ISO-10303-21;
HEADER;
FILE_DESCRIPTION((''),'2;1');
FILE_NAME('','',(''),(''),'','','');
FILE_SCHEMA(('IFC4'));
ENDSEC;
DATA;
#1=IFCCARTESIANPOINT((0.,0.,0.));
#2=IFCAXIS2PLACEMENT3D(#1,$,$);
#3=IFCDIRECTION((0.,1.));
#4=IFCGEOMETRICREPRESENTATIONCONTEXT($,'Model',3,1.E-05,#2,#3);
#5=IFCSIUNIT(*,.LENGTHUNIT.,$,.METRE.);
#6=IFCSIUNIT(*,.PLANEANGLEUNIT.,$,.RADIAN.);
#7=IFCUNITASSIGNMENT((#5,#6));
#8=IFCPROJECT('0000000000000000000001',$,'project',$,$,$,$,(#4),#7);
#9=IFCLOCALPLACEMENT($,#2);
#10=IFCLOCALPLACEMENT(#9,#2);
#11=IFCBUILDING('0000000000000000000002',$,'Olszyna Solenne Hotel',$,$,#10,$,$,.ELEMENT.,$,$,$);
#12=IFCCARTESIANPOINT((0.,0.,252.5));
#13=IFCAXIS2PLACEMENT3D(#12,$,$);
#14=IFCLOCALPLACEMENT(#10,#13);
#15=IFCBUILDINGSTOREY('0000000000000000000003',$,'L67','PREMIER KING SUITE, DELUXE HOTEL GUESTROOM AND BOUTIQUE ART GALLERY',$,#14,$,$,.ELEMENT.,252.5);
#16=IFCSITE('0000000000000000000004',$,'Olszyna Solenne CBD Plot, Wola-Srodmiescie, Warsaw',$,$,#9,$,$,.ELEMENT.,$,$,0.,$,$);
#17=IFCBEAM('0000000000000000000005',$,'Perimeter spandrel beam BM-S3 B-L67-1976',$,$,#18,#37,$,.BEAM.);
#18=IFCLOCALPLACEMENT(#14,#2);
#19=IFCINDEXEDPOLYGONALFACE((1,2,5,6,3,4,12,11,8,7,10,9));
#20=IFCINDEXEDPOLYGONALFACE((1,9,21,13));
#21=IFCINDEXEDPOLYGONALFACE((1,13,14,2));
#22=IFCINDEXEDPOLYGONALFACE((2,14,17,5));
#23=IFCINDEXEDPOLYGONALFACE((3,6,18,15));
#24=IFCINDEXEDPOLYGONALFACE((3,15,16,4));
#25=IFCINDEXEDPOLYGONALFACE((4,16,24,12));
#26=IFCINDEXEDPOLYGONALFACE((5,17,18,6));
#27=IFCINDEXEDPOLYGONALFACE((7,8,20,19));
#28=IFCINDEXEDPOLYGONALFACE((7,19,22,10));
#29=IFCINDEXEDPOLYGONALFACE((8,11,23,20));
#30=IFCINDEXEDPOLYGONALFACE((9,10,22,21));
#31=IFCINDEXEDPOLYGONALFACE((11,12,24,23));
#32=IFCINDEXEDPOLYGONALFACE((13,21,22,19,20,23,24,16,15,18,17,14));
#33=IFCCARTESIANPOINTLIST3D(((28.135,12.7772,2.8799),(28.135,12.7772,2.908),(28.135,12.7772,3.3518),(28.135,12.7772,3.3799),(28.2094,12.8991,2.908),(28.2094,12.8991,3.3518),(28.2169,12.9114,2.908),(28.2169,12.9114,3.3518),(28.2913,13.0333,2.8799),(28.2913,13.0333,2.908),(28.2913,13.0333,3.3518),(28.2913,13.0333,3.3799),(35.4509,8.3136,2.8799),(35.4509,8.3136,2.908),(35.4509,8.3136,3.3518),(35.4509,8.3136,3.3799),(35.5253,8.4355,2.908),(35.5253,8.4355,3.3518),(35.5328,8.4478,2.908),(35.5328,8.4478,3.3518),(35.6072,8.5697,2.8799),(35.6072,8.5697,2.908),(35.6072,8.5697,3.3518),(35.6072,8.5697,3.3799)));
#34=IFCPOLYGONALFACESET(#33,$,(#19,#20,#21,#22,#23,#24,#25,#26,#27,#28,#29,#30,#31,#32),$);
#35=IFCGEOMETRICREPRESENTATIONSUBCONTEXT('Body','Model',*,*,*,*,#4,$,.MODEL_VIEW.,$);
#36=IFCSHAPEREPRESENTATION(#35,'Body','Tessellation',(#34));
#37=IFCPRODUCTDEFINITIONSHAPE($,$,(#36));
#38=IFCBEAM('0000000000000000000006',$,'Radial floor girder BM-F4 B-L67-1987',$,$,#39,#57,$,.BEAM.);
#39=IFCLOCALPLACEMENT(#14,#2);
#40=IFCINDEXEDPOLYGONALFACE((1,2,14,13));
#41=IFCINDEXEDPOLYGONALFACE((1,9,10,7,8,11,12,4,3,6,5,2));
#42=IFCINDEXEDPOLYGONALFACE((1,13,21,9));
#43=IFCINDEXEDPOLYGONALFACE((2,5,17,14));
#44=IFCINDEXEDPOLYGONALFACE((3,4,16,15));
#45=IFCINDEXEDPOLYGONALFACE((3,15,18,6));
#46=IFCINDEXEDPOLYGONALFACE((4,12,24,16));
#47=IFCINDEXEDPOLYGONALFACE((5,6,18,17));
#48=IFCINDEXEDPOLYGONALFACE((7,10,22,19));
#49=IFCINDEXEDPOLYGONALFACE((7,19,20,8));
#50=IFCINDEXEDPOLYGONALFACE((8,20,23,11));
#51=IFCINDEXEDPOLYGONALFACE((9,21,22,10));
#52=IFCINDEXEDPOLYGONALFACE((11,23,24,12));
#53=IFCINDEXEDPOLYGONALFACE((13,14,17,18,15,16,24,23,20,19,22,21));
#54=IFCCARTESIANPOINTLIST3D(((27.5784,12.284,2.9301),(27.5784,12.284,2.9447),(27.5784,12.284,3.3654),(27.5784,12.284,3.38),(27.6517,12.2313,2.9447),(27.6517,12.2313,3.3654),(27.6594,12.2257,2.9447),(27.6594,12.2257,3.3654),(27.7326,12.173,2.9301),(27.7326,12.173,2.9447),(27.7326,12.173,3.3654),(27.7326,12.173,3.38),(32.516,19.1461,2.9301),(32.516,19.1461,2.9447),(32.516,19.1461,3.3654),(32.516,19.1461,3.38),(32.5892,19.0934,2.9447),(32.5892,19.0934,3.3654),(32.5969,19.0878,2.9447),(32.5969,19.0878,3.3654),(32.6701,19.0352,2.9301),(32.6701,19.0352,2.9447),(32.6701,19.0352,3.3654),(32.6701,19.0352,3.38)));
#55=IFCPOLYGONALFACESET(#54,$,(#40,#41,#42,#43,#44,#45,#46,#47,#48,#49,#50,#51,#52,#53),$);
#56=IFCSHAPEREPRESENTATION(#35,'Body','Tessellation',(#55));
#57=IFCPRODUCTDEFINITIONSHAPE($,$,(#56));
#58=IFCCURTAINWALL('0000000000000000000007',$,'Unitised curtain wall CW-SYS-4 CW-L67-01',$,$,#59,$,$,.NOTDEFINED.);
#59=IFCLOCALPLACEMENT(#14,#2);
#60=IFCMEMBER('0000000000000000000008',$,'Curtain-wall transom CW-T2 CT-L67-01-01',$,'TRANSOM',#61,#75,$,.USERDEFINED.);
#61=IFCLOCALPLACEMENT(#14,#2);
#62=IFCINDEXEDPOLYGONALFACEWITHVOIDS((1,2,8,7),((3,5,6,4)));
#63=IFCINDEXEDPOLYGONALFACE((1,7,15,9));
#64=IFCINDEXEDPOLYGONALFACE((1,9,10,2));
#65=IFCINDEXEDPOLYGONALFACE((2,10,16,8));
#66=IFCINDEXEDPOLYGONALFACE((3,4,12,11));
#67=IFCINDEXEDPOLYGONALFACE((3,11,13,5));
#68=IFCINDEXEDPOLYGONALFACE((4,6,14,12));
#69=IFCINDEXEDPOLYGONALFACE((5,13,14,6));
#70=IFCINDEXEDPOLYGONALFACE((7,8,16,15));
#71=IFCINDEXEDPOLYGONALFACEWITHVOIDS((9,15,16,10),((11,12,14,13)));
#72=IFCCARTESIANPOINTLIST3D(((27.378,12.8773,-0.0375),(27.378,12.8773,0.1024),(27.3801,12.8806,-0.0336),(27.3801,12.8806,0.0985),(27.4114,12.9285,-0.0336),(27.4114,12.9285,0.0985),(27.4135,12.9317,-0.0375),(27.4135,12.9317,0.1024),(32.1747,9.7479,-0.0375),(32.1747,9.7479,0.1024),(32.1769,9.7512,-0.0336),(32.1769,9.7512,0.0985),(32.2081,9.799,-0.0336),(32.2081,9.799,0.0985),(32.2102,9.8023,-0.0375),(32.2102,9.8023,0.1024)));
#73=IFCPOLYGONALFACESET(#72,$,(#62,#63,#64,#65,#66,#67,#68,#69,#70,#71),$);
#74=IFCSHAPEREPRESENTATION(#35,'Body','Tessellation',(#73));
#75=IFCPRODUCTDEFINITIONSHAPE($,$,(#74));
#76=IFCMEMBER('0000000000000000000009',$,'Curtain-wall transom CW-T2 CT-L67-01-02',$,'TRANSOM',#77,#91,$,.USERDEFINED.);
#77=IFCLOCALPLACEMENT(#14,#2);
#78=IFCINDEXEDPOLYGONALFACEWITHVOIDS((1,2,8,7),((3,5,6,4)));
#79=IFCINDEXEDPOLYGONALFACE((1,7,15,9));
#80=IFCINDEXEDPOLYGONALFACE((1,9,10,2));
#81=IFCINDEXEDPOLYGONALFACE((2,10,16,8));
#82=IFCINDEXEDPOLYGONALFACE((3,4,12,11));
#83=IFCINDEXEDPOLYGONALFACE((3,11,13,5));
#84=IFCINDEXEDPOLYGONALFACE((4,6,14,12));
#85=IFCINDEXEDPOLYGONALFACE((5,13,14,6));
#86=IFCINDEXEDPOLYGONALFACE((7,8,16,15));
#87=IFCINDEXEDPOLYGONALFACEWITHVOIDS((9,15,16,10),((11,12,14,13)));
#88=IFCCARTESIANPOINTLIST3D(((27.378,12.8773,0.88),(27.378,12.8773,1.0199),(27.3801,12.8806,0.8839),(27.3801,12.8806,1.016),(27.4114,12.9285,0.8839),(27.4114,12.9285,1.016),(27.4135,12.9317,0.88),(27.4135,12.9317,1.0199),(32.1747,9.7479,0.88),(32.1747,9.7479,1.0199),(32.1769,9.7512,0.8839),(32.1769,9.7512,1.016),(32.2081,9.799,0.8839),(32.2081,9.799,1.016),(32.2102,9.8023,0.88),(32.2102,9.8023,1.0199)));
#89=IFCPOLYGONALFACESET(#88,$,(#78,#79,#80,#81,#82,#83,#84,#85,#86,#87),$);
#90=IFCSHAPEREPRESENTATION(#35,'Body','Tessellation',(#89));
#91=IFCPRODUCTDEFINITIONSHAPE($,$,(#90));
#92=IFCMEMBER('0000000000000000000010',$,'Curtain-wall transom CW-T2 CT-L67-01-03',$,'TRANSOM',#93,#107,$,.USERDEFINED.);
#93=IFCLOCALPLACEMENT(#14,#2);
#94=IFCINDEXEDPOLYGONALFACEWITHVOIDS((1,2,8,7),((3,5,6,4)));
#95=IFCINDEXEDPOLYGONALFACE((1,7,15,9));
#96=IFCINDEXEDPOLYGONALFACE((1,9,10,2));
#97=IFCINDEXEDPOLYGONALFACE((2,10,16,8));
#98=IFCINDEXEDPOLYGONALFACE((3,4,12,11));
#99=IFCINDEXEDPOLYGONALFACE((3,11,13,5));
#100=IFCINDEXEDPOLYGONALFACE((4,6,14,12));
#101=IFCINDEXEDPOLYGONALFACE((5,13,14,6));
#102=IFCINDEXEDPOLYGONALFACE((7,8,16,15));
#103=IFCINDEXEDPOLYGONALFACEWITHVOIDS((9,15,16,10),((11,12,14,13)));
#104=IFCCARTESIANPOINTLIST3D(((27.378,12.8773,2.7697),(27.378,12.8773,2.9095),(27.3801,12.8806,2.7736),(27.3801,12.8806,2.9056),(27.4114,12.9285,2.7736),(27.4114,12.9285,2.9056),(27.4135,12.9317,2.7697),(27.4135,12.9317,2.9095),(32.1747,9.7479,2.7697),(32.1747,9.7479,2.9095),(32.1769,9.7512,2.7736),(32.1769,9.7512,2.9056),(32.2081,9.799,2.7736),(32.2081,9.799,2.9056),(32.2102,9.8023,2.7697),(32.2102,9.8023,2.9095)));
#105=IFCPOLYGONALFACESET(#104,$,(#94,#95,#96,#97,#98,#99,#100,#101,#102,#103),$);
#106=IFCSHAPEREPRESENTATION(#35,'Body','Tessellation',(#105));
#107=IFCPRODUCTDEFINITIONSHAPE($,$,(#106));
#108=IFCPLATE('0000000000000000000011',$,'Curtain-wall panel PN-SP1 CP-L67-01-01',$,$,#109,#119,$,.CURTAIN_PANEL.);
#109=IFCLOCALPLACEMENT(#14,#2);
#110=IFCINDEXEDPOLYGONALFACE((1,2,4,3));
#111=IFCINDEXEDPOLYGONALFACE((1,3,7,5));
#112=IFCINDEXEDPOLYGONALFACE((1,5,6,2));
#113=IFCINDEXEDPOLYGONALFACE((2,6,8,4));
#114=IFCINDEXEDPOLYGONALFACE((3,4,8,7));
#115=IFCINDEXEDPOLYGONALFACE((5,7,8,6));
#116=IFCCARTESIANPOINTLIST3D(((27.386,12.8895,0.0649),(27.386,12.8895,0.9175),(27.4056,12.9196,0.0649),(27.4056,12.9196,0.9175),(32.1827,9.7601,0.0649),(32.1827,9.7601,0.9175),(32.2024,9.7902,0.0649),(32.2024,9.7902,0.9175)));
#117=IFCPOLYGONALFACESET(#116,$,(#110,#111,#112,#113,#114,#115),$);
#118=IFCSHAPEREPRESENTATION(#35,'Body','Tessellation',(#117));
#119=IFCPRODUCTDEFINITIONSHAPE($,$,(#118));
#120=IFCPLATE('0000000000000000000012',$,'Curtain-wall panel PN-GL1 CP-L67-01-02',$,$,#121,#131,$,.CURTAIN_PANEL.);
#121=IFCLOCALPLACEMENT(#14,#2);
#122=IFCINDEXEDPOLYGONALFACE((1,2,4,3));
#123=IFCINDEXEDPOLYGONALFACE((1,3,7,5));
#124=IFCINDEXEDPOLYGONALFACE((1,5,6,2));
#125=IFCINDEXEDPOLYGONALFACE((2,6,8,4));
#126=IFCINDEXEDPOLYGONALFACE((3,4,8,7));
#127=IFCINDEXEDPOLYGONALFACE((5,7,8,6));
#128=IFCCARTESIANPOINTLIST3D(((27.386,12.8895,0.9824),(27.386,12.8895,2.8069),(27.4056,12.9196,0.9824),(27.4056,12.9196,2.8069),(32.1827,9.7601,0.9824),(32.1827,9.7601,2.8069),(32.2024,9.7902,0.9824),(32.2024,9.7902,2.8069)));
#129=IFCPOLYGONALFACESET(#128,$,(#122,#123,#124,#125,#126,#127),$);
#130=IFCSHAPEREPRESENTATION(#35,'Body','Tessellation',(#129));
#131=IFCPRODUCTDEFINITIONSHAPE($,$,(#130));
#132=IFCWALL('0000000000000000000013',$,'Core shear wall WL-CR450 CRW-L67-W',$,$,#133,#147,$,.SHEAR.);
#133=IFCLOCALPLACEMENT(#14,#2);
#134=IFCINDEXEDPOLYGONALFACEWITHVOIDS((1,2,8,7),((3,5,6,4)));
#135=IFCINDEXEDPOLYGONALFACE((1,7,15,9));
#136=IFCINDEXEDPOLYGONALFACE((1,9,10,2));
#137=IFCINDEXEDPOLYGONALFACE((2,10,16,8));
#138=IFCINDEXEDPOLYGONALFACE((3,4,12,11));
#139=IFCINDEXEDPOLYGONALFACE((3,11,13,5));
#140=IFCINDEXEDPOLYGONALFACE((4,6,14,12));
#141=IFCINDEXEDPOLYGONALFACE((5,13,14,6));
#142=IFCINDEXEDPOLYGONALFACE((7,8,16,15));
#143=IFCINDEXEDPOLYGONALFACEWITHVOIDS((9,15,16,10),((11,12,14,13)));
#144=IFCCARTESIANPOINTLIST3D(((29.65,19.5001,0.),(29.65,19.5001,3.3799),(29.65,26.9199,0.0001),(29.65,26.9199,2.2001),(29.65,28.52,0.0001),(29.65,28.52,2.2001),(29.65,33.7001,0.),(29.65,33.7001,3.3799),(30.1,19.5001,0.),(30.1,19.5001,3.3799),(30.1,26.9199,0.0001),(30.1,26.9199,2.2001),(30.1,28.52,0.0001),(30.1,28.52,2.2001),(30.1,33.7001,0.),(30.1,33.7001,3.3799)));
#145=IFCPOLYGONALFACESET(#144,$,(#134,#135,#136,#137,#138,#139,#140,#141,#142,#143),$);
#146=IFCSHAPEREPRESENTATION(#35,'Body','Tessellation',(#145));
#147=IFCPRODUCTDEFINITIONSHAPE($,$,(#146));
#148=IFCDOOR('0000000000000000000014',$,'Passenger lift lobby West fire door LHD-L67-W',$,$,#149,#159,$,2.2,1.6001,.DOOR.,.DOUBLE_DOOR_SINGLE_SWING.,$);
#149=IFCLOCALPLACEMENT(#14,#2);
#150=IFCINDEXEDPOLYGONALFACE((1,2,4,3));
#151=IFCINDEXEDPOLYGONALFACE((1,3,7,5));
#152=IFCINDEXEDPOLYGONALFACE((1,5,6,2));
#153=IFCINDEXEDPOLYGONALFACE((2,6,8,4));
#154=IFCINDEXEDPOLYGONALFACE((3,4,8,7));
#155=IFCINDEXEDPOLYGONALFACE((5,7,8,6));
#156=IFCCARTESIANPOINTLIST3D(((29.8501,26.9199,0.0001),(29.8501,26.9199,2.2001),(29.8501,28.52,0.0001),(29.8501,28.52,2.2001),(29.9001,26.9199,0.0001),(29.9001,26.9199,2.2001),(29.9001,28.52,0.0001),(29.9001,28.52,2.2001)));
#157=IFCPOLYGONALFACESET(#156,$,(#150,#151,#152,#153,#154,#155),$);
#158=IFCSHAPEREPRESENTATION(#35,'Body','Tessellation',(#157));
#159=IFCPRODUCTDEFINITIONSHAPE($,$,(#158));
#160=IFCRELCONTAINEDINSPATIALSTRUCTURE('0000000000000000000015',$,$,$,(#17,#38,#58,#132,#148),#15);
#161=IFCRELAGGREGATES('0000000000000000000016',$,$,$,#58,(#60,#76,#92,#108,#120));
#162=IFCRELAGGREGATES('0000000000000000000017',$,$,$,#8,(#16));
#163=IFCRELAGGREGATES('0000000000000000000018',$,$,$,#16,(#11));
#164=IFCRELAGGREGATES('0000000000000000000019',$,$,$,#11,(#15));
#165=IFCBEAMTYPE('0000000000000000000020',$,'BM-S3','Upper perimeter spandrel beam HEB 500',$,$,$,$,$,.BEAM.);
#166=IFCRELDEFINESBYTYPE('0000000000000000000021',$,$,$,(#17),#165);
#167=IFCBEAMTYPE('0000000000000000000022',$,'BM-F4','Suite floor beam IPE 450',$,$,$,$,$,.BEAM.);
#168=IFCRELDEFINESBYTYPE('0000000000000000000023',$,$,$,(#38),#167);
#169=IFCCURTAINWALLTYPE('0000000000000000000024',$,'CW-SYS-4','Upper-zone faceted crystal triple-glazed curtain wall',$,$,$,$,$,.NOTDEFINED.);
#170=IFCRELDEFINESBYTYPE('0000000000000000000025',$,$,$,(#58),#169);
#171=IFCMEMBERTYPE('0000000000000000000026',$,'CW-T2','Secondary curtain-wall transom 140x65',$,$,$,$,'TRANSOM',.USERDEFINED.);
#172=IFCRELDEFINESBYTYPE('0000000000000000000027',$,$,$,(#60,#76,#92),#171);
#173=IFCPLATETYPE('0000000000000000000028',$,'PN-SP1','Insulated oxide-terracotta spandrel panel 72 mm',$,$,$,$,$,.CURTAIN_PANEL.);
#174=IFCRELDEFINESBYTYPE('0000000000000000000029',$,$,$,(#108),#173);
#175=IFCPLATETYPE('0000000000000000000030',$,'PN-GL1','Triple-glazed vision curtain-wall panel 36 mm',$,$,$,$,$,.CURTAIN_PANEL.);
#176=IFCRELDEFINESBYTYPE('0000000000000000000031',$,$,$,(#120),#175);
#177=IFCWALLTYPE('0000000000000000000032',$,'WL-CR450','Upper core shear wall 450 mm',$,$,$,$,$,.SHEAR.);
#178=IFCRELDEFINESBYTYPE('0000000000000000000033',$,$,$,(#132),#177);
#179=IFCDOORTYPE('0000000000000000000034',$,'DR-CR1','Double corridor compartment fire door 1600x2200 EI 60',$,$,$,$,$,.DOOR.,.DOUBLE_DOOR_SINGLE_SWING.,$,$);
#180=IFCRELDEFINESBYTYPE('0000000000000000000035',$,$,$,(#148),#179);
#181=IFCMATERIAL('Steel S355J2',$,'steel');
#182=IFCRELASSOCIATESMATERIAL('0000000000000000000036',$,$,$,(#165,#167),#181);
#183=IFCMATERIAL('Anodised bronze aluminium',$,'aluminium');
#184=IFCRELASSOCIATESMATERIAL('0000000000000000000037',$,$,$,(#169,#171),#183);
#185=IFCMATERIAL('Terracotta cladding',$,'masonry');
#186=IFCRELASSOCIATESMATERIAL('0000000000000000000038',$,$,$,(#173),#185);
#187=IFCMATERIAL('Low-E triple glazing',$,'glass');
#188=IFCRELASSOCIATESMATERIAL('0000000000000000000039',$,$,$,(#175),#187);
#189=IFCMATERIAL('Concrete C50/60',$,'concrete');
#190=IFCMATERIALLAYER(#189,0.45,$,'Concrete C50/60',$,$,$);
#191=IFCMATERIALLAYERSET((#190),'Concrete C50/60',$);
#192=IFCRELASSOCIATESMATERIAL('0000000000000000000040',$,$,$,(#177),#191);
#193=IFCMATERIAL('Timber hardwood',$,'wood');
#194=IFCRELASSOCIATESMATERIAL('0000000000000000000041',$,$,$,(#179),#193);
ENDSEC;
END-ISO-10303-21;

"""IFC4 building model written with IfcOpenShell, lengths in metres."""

from ifc_helpers import new_model, si_unit, direction, frame, frame_2d, origin, origin_2d, place, context, subcontext, project, spatial, rectangle, hollow_rectangle, i_section, extrude, source, transform, mapped, material, layer, layer_set, material_profile, profile_set, type_object, type_shapes, element, fill, aggregate, save


model = new_model("IFC4")

# Units and contexts
model_context = context("Model", 3, precision=1e-05, world=origin(), true_north=direction((0.0, 1.0)))
body_context = subcontext(model_context, "Body", "Model", "MODEL_VIEW")
ifc_project = project(units=[si_unit("LENGTHUNIT", "METRE"), si_unit("PLANEANGLEUNIT", "RADIAN")], contexts=[model_context])

# Site, building, storey
site_placement = place(None, origin())
site = spatial("IfcSite", under=ifc_project, at=site_placement, Name="Olszyna Solenne CBD Plot, Wola-Srodmiescie, Warsaw", CompositionType="ELEMENT", RefElevation=0.0)
building_placement = place(site_placement, origin())
building = spatial("IfcBuilding", under=site, at=building_placement, Name="Olszyna Solenne Hotel", CompositionType="ELEMENT")
storey_placement = place(building_placement, frame((0.0, 0.0, 252.5)))
storey = spatial("IfcBuildingStorey", under=building, at=storey_placement, Name="L67", Description="PREMIER KING SUITE, DELUXE HOTEL GUESTROOM AND BOUTIQUE ART GALLERY", CompositionType="ELEMENT", Elevation=252.5)

# Beams
ifc_material_1 = material(Name="Steel S355J2", Category="steel")
ifc_material_profile_1 = material_profile(ifc_material_1, i_section(OverallWidth=0.3, OverallDepth=0.5, WebThickness=0.0144, FlangeThickness=0.0281, at=origin_2d()), Name="HEB 500", Category="load-bearing")
ifc_profile_set_1 = profile_set([ifc_material_profile_1], Name="Steel S355J2")
beam_type_1 = type_object("IfcBeamType", Name="BM-S3", Description="Upper perimeter spandrel beam HEB 500", PredefinedType="BEAM", material=ifc_profile_set_1)
shared_shape_1 = source(origin(), body_context, "Body", "SweptSolid", [
    extrude(i_section(OverallWidth=0.3, OverallDepth=0.5, WebThickness=0.0144, FlangeThickness=0.0281, at=origin_2d()), origin(), (0.0, 0.0, 1.0), 8.5701),
])
beam_1_placement = place(storey_placement, frame((28.2131, 12.9053, 3.1299), z_axis=(0.853656, -0.520837, 0.0), x_axis=(0.520837, 0.853656, 0.0)))
element("IfcBeam", 1, at=beam_1_placement, inside=storey, type_object=beam_type_1, Name="Perimeter spandrel beam BM-S3 B-L67-1976", PredefinedType="BEAM", context=body_context, shape_type="MappedRepresentation", body=[
    mapped(shared_shape_1, transform((0.0, 0.0, 0.0), x_axis=(1.0, 0.0, 0.0), y_axis=(0.0, 1.0, 0.0), z_axis=(0.0, 0.0, 1.0), scale=1.0)),
])
ifc_material_profile_2 = material_profile(ifc_material_1, i_section(OverallWidth=0.1899, OverallDepth=0.45, WebThickness=0.0095, FlangeThickness=0.0146, at=origin_2d()), Name="IPE 450", Category="load-bearing")
ifc_profile_set_2 = profile_set([ifc_material_profile_2], Name="Steel S355J2")
beam_type_2 = type_object("IfcBeamType", Name="BM-F4", Description="Suite floor beam IPE 450", PredefinedType="BEAM", material=ifc_profile_set_2)
shared_shape_2 = source(origin(), body_context, "Body", "SweptSolid", [
    extrude(i_section(OverallWidth=0.1899, OverallDepth=0.45, WebThickness=0.0095, FlangeThickness=0.0146, at=origin_2d()), origin(), (0.0, 0.0, 1.0), 8.4539),
])
beam_2_placement = place(storey_placement, frame((27.6555, 12.2285, 3.155), z_axis=(0.584057, 0.811713, 0.0), x_axis=(-0.811713, 0.584057, 0.0)))
element("IfcBeam", 2, at=beam_2_placement, inside=storey, type_object=beam_type_2, Name="Radial floor girder BM-F4 B-L67-1987", PredefinedType="BEAM", context=body_context, shape_type="MappedRepresentation", body=[
    mapped(shared_shape_2, transform((0.0, 0.0, 0.0), x_axis=(1.0, 0.0, 0.0), y_axis=(0.0, 1.0, 0.0), z_axis=(0.0, 0.0, 1.0), scale=1.0)),
])

# Curtain wall, members, plates
ifc_material_2 = material(Name="Anodised bronze aluminium", Category="aluminium")
curtain_wall_type = type_object("IfcCurtainWallType", Name="CW-SYS-4", Description="Upper-zone faceted crystal triple-glazed curtain wall", PredefinedType="NOTDEFINED", material=ifc_material_2)
curtain_wall_placement = place(storey_placement, origin())
curtain_wall = element("IfcCurtainWall", 3, at=curtain_wall_placement, inside=storey, type_object=curtain_wall_type, Name="Unitised curtain wall CW-SYS-4 CW-L67-01", PredefinedType="NOTDEFINED")
ifc_material_profile_3 = material_profile(ifc_material_2, hollow_rectangle(XDim=0.0649, YDim=0.1399, WallThickness=0.0039, at=origin_2d()), Name="TRAN 140x65x4", Category="load-bearing")
ifc_profile_set_3 = profile_set([ifc_material_profile_3], Name="Anodised bronze aluminium")
member_type = type_object("IfcMemberType", Name="CW-T2", Description="Secondary curtain-wall transom 140x65", ElementType="TRANSOM", PredefinedType="USERDEFINED", material=ifc_profile_set_3)
shared_shape_3 = source(origin(), body_context, "Body", "SweptSolid", [
    extrude(hollow_rectangle(XDim=0.0649, YDim=0.1399, WallThickness=0.0039, at=origin_2d()), origin(), (0.0, 0.0, 1.0), 5.7273),
])
member_1_placement = place(storey_placement, frame((27.3958, 12.9045, 0.0325), z_axis=(0.837518, -0.54641, 0.0), x_axis=(0.54641, 0.837518, 0.0)))
member_1 = element("IfcMember", 4, at=member_1_placement, type_object=member_type, Name="Curtain-wall transom CW-T2 CT-L67-01-01", ObjectType="TRANSOM", PredefinedType="USERDEFINED", context=body_context, shape_type="MappedRepresentation", body=[
    mapped(shared_shape_3, transform((0.0, 0.0, 0.0), x_axis=(1.0, 0.0, 0.0), y_axis=(0.0, 1.0, 0.0), z_axis=(0.0, 0.0, 1.0), scale=1.0)),
])
member_2_placement = place(storey_placement, frame((27.3958, 12.9045, 0.95), z_axis=(0.837518, -0.54641, 0.0), x_axis=(0.54641, 0.837518, 0.0)))
member_2 = element("IfcMember", 5, at=member_2_placement, type_object=member_type, Name="Curtain-wall transom CW-T2 CT-L67-01-02", ObjectType="TRANSOM", PredefinedType="USERDEFINED", context=body_context, shape_type="MappedRepresentation", body=[
    mapped(shared_shape_3, transform((0.0, 0.0, 0.0), x_axis=(1.0, 0.0, 0.0), y_axis=(0.0, 1.0, 0.0), z_axis=(0.0, 0.0, 1.0), scale=1.0)),
])
member_3_placement = place(storey_placement, frame((27.3958, 12.9045, 2.8396), z_axis=(0.837518, -0.54641, 0.0), x_axis=(0.54641, 0.837518, 0.0)))
member_3 = element("IfcMember", 6, at=member_3_placement, type_object=member_type, Name="Curtain-wall transom CW-T2 CT-L67-01-03", ObjectType="TRANSOM", PredefinedType="USERDEFINED", context=body_context, shape_type="MappedRepresentation", body=[
    mapped(shared_shape_3, transform((0.0, 0.0, 0.0), x_axis=(1.0, 0.0, 0.0), y_axis=(0.0, 1.0, 0.0), z_axis=(0.0, 0.0, 1.0), scale=1.0)),
])
ifc_material_3 = material(Name="Terracotta cladding", Category="masonry")
plate_type_1 = type_object("IfcPlateType", Name="PN-SP1", Description="Insulated oxide-terracotta spandrel panel 72 mm", PredefinedType="CURTAIN_PANEL", material=ifc_material_3)
shared_shape_4 = source(origin(), body_context, "Body", "SweptSolid", [
    extrude(rectangle(XDim=5.7273, YDim=0.0359, at=origin_2d()), origin(), (0.0, 0.0, 1.0), 0.8525),
])
plate_1_placement = place(storey_placement, frame((29.7942, 11.3398, 0.0649), z_axis=(0.0, 0.0, 1.0), x_axis=(0.837519, -0.546408, 0.0)))
plate_1 = element("IfcPlate", 7, at=plate_1_placement, type_object=plate_type_1, Name="Curtain-wall panel PN-SP1 CP-L67-01-01", PredefinedType="CURTAIN_PANEL", context=body_context, shape_type="MappedRepresentation", body=[
    mapped(shared_shape_4, transform((0.0, 0.0, 0.0), x_axis=(1.0, 0.0, 0.0), y_axis=(0.0, 1.0, 0.0), z_axis=(0.0, 0.0, 1.0), scale=1.0)),
])
ifc_material_4 = material(Name="Low-E triple glazing", Category="glass")
plate_type_2 = type_object("IfcPlateType", Name="PN-GL1", Description="Triple-glazed vision curtain-wall panel 36 mm", PredefinedType="CURTAIN_PANEL", material=ifc_material_4)
shared_shape_5 = source(origin(), body_context, "Body", "SweptSolid", [
    extrude(rectangle(XDim=5.7273, YDim=0.0359, at=origin_2d()), origin(), (0.0, 0.0, 1.0), 1.8245),
])
plate_2_placement = place(storey_placement, frame((29.7942, 11.3398, 0.9824), z_axis=(0.0, 0.0, 1.0), x_axis=(0.837519, -0.546408, 0.0)))
plate_2 = element("IfcPlate", 8, at=plate_2_placement, type_object=plate_type_2, Name="Curtain-wall panel PN-GL1 CP-L67-01-02", PredefinedType="CURTAIN_PANEL", context=body_context, shape_type="MappedRepresentation", body=[
    mapped(shared_shape_5, transform((0.0, 0.0, 0.0), x_axis=(1.0, 0.0, 0.0), y_axis=(0.0, 1.0, 0.0), z_axis=(0.0, 0.0, 1.0), scale=1.0)),
])
aggregate(curtain_wall, [member_1, member_2, member_3, plate_1, plate_2])

# Wall, opening, door
ifc_material_5 = material(Name="Concrete C50/60", Category="concrete")
ifc_layer_1 = layer(ifc_material_5, 0.45, Name="Concrete C50/60")
ifc_layer_set_1 = layer_set([ifc_layer_1], Name="Concrete C50/60")
wall_type_1 = type_object("IfcWallType", Name="WL-CR450", Description="Upper core shear wall 450 mm", PredefinedType="SHEAR", material=ifc_layer_set_1)
wall_1_placement = place(storey_placement, frame((29.875, 19.5, 0.0), z_axis=(0.0, 0.0, 1.0), x_axis=(0.0, 1.0, 0.0)))
wall_1 = element("IfcWall", 9, at=wall_1_placement, inside=storey, type_object=wall_type_1, Name="Core shear wall WL-CR450 CRW-L67-W", PredefinedType="SHEAR", context=body_context, shape_type="SweptSolid", body=[
    extrude(rectangle(XDim=14.2, YDim=0.45, at=frame_2d((7.1001, 0.0))), origin(), (0.0, 0.0, 1.0), 3.3799),
])
opening_1_placement = place(wall_1_placement, frame((7.4199, 0.0, 0.0)))
opening_1 = element("IfcOpeningElement", 10, at=opening_1_placement, cuts=wall_1, PredefinedType="OPENING", context=body_context, shape_type="SweptSolid", body=[
    extrude(rectangle(XDim=1.6001, YDim=2.2, at=frame_2d((0.8, 1.1001))), frame((0.0, 0.2349, 0.0), z_axis=(0.0, -1.0, 0.0), x_axis=(1.0, 0.0, 0.0)), (0.0, 0.0, 1.0), 0.47),
])
ifc_material_6 = material(Name="Timber hardwood", Category="wood")
door_type_1 = type_object("IfcDoorType", Name="DR-CR1", Description="Double corridor compartment fire door 1600x2200 EI 60", OperationType="DOUBLE_DOOR_SINGLE_SWING", PredefinedType="DOOR", material=ifc_material_6)
shared_shape_6 = source(origin(), body_context, "Body", "SweptSolid", [
    extrude(rectangle(XDim=1.6001, YDim=2.2, at=frame_2d((0.8, 1.1001))), frame((0.0, 0.0249, 0.0), z_axis=(0.0, -1.0, 0.0), x_axis=(1.0, 0.0, 0.0)), (0.0, 0.0, 1.0), 0.05),
])
type_shapes(door_type_1, [shared_shape_6])
door_1_placement = place(opening_1_placement, origin())
door_1 = element("IfcDoor", 11, at=door_1_placement, inside=storey, type_object=door_type_1, Name="Passenger lift lobby West fire door LHD-L67-W", OperationType="DOUBLE_DOOR_SINGLE_SWING", OverallHeight=2.2, OverallWidth=1.6001, PredefinedType="DOOR", context=body_context, shape_type="MappedRepresentation", body=[
    mapped(shared_shape_6, transform((0.0, 0.0, 0.0), x_axis=(1.0, 0.0, 0.0), y_axis=(0.0, 1.0, 0.0), z_axis=(0.0, 0.0, 1.0), scale=1.0)),
])
fill(opening_1, door_1)

save(model, "model.ifc")
